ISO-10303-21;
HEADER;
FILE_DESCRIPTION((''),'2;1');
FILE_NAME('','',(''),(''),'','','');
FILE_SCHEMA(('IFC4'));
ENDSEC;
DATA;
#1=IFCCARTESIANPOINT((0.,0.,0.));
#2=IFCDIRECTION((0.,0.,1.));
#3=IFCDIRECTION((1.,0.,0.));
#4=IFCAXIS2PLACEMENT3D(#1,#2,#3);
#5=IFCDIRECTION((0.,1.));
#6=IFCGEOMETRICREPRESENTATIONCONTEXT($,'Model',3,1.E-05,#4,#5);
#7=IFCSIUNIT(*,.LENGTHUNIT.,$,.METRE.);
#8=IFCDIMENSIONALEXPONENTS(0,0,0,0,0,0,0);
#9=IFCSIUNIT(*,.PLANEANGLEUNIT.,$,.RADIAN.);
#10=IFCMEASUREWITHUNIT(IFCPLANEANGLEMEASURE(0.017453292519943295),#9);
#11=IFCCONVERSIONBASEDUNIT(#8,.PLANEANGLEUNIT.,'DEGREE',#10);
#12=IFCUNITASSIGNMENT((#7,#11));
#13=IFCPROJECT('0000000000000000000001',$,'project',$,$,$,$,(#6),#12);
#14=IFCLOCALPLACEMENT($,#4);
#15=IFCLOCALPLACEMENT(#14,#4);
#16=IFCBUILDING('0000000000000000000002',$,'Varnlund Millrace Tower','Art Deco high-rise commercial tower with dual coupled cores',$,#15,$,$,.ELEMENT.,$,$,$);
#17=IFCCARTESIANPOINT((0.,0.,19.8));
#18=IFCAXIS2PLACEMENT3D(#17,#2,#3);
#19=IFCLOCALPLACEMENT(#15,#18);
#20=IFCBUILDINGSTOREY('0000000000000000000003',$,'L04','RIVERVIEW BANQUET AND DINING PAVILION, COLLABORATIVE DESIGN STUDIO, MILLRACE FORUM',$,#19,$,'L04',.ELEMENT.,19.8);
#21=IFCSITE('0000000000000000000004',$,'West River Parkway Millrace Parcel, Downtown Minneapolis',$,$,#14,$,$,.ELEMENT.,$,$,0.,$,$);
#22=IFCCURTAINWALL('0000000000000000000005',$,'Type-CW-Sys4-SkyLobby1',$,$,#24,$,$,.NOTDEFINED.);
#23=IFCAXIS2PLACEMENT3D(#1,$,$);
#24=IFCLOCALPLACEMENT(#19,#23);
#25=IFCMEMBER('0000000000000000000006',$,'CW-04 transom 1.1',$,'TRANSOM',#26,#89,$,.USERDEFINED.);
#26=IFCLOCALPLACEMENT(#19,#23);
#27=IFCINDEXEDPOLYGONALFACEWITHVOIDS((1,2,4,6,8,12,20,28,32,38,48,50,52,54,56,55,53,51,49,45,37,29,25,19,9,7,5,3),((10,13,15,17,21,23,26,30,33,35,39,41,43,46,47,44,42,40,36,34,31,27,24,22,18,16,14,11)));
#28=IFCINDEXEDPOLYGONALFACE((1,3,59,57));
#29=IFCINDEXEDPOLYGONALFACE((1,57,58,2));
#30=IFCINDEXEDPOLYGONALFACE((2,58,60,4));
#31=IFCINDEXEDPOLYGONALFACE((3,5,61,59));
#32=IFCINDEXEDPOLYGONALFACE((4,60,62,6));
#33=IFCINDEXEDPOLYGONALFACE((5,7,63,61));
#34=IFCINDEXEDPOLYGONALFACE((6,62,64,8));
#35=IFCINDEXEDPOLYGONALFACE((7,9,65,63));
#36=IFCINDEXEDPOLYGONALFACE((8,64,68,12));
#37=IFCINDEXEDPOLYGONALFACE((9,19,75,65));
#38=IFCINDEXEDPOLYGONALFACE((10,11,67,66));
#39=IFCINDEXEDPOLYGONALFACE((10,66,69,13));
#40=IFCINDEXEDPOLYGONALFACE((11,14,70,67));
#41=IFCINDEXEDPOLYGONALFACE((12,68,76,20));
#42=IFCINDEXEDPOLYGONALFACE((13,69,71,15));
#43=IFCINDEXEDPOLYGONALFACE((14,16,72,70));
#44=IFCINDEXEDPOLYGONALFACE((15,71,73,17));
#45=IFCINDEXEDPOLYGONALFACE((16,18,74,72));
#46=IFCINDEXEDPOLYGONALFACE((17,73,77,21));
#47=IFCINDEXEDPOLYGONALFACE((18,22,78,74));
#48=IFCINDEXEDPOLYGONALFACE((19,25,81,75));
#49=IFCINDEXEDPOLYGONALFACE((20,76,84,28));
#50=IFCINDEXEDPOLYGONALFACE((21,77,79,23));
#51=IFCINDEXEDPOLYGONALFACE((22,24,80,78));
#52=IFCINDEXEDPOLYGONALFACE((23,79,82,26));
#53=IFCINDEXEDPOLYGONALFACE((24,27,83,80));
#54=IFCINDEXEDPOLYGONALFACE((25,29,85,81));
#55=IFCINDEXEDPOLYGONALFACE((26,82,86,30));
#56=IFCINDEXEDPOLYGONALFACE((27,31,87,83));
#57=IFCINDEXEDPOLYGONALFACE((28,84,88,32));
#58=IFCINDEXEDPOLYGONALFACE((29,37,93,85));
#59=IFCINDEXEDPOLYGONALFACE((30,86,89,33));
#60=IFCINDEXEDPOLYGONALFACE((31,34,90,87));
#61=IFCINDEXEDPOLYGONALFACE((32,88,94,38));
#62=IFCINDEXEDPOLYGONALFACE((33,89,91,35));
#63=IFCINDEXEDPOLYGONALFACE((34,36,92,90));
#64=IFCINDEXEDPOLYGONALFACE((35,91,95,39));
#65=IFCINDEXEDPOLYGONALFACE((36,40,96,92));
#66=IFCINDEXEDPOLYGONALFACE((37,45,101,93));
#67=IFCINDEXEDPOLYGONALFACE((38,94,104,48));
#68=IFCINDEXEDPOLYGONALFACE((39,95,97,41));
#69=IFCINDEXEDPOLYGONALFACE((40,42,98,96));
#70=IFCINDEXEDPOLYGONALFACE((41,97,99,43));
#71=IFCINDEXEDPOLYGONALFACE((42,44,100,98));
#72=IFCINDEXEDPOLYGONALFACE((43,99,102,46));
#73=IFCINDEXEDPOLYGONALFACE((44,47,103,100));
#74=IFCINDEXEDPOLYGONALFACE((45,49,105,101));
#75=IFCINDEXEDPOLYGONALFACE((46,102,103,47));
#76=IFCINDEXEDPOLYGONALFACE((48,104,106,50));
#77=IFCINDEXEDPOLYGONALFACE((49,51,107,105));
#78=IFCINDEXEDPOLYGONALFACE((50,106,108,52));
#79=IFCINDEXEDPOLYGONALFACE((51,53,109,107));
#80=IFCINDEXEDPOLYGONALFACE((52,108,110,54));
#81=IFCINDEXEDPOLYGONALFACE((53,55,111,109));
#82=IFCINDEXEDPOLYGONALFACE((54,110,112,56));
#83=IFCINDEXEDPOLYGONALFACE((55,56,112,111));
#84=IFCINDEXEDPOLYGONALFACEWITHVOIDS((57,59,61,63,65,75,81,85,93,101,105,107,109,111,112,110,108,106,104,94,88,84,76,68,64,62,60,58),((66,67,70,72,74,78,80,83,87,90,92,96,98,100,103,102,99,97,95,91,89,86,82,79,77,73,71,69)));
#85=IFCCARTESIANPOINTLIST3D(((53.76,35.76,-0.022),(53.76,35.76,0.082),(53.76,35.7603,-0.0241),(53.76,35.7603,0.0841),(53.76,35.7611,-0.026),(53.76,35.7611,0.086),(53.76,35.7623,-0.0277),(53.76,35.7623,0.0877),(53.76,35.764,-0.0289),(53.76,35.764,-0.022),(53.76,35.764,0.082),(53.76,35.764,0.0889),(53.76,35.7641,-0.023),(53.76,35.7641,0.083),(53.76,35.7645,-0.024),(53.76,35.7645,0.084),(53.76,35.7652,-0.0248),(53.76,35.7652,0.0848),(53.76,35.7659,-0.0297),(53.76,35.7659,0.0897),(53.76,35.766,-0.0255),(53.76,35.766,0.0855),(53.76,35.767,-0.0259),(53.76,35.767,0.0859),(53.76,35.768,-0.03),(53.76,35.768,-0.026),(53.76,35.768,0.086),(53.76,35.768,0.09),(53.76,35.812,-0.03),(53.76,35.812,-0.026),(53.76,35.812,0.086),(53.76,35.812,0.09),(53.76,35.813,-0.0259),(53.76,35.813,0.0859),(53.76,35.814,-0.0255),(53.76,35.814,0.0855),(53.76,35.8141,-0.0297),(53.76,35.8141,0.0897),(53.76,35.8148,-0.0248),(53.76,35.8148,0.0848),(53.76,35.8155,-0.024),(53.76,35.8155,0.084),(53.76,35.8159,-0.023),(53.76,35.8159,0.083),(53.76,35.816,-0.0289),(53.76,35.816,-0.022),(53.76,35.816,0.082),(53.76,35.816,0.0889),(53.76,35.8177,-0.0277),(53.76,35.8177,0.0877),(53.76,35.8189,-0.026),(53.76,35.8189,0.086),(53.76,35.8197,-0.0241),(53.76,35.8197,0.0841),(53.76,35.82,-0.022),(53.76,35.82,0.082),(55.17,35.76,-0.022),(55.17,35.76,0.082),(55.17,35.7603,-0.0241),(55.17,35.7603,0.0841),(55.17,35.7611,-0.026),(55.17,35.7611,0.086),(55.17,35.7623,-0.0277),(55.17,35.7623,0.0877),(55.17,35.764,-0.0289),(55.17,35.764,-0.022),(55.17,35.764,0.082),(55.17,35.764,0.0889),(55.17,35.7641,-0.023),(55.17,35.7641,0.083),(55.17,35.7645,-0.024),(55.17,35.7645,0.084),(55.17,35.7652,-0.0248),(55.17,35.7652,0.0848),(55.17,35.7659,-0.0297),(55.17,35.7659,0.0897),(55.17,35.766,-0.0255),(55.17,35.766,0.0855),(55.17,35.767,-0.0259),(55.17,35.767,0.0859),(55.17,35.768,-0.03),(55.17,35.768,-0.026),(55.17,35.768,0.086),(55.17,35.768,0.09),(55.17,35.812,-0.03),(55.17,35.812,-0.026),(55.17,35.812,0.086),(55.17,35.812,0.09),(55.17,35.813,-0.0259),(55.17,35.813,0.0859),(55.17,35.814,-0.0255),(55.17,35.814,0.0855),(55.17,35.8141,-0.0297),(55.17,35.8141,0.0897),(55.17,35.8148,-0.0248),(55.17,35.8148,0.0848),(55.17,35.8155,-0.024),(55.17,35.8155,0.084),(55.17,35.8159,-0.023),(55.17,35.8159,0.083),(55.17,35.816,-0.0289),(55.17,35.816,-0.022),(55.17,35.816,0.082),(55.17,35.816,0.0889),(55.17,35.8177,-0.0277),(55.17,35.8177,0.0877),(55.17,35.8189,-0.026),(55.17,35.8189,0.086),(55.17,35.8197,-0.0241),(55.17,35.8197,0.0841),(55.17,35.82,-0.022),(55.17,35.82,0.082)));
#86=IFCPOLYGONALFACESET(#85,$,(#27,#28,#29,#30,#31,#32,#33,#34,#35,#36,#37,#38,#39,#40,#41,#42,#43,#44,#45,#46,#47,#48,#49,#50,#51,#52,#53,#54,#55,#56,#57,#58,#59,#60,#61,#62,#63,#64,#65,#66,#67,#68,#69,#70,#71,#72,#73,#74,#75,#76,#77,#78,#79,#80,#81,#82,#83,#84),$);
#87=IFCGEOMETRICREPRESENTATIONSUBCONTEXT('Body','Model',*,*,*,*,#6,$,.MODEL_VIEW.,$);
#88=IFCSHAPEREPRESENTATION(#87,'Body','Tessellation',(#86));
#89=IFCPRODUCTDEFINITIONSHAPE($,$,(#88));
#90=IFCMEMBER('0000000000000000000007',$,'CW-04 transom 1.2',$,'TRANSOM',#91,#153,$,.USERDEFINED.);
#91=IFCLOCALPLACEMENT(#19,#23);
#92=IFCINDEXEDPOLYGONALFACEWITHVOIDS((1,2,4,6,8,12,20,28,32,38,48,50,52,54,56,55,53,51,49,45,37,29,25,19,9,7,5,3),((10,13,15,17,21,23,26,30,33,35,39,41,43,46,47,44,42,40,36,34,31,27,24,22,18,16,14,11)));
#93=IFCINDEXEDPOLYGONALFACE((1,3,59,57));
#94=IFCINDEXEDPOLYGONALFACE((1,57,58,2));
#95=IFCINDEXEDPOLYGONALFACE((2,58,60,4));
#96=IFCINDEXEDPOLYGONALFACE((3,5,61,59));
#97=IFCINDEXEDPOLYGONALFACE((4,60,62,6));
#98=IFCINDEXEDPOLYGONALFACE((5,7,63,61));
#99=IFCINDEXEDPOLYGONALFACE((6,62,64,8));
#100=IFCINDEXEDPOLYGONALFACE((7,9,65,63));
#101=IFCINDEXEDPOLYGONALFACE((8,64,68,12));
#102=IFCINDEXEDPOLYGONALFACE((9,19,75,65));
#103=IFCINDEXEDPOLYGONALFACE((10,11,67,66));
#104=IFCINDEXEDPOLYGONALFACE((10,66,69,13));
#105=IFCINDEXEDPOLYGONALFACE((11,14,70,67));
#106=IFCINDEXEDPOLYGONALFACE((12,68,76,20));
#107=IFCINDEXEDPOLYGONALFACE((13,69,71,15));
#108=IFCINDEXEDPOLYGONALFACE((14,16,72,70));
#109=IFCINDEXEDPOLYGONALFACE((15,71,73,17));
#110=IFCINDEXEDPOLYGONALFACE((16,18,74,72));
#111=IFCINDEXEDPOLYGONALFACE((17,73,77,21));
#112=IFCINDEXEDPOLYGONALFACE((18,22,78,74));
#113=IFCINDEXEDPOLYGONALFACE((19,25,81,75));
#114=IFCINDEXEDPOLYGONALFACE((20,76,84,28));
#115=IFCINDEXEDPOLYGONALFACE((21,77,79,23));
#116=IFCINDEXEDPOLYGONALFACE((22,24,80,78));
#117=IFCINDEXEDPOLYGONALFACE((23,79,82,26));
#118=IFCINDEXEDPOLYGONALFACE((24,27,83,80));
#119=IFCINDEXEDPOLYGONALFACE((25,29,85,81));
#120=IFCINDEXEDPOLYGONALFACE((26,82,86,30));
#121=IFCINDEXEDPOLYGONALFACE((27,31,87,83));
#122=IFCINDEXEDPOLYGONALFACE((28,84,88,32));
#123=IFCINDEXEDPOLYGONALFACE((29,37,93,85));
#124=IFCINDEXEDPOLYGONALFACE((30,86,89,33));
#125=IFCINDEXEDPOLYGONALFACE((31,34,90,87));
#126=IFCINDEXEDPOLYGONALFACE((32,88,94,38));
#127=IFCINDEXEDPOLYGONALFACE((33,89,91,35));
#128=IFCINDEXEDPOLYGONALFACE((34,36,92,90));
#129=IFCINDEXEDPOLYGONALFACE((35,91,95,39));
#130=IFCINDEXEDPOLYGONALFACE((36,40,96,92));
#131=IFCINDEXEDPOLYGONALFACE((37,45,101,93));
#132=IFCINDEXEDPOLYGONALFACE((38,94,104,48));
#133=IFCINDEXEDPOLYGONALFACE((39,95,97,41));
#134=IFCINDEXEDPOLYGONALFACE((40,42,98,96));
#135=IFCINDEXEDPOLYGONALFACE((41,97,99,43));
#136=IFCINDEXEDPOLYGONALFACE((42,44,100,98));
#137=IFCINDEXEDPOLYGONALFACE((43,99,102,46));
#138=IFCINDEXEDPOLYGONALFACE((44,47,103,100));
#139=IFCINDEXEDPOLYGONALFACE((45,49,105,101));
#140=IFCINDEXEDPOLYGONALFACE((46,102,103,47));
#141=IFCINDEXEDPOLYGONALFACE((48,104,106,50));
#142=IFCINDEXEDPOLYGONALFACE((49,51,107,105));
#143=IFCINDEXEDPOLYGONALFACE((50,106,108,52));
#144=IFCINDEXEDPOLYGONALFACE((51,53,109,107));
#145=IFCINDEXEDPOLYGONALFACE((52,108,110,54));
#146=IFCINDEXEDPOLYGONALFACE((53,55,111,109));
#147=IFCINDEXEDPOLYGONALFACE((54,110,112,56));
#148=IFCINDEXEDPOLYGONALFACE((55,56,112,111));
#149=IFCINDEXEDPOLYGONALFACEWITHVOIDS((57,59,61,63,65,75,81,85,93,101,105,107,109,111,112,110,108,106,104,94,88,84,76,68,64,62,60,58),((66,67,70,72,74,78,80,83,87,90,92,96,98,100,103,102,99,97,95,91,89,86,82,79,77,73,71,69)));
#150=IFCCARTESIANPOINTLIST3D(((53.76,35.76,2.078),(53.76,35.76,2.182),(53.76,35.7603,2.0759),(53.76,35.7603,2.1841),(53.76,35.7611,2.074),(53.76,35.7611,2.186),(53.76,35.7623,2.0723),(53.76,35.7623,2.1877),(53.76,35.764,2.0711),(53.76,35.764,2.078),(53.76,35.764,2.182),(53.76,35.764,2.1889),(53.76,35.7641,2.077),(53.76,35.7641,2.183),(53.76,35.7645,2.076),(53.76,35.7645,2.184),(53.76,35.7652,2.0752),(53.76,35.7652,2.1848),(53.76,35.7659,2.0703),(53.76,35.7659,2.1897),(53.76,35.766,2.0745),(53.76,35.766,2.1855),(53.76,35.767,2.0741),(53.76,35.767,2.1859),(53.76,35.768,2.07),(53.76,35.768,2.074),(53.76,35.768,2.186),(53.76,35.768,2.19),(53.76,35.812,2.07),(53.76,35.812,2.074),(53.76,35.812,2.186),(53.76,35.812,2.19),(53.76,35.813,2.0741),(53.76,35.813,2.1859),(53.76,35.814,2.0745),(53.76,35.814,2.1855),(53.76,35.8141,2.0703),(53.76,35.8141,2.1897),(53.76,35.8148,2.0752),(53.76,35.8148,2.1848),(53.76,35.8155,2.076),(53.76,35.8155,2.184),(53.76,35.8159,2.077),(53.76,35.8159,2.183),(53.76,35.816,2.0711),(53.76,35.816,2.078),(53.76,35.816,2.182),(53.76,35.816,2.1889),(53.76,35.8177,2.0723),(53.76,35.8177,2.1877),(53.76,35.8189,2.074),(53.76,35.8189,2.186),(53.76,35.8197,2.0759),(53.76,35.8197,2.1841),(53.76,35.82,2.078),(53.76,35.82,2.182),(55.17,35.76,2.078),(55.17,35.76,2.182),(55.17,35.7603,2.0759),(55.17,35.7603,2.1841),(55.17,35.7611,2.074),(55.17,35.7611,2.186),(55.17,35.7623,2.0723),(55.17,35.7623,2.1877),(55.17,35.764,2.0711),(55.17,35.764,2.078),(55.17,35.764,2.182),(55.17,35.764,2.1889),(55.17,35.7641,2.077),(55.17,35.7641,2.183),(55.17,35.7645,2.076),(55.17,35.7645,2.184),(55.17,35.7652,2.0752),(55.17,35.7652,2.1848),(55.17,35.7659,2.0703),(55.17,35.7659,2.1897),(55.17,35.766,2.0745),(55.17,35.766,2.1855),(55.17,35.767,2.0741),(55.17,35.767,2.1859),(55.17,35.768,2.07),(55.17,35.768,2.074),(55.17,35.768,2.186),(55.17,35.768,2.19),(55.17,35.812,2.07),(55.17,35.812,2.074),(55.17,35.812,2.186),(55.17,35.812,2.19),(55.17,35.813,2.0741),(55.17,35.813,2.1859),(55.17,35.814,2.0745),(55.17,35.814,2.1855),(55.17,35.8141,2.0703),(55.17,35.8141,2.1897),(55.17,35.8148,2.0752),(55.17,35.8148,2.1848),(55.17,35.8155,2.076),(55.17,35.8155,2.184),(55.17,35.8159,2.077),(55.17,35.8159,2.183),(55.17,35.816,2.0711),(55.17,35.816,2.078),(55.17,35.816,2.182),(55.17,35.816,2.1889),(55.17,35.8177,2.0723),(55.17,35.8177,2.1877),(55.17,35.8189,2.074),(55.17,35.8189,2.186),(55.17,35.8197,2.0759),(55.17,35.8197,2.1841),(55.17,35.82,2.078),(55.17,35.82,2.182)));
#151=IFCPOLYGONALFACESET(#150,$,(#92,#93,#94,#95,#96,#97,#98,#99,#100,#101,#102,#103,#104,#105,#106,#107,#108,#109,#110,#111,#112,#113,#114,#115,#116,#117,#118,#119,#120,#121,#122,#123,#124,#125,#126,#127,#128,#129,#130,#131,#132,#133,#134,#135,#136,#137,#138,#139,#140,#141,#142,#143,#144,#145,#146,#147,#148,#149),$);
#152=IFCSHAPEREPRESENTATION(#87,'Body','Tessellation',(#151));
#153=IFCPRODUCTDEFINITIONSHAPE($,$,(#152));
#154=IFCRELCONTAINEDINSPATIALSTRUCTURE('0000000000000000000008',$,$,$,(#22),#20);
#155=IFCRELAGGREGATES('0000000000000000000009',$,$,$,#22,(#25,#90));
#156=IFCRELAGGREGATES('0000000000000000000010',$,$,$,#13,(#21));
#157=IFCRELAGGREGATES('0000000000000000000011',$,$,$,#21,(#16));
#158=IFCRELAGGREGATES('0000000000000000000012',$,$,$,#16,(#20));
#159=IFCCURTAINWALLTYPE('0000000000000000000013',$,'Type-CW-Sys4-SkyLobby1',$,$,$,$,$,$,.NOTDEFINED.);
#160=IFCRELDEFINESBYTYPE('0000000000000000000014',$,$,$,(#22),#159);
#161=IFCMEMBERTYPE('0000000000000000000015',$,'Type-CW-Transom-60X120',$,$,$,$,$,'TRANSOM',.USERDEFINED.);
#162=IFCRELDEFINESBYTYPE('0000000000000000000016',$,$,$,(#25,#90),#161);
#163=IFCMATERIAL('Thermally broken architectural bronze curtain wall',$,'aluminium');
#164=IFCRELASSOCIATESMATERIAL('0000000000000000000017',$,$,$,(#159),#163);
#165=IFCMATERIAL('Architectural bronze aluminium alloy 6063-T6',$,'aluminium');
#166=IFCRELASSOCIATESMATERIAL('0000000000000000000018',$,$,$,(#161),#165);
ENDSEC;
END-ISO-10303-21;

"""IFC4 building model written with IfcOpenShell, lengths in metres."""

from ifc_helpers import new_model, entity, si_unit, converted_unit, direction, frame, origin_with_axes, origin_2d_with_axis, place, context, subcontext, project, spatial, hollow_rectangle, extrude, material, material_profile, profile_set, type_object, element, aggregate, save


model = new_model("IFC4")

# Units and contexts
model_context = context("Model", 3, precision=1e-05, world=origin_with_axes(), true_north=direction((0.0, 1.0)))
body_context = subcontext(model_context, "Body", "Model", "MODEL_VIEW")
ifc_project = project(units=[si_unit("LENGTHUNIT", "METRE"), converted_unit("PLANEANGLEUNIT", "DEGREE", entity("IfcPlaneAngleMeasure", 0.017453292519943295), si_unit("PLANEANGLEUNIT", "RADIAN"), dimensions=[0, 0, 0, 0, 0, 0, 0])], contexts=[model_context])

# Site, building, storey
site_placement = place(None, origin_with_axes())
site = spatial("IfcSite", under=ifc_project, at=site_placement, Name="West River Parkway Millrace Parcel, Downtown Minneapolis", CompositionType="ELEMENT", RefElevation=0.0)
building_placement = place(site_placement, origin_with_axes())
building = spatial("IfcBuilding", under=site, at=building_placement, Name="Varnlund Millrace Tower", Description="Art Deco high-rise commercial tower with dual coupled cores", CompositionType="ELEMENT")
storey_placement = place(building_placement, frame((0.0, 0.0, 19.8), z_axis=(0.0, 0.0, 1.0), x_axis=(1.0, 0.0, 0.0)))
storey = spatial("IfcBuildingStorey", under=building, at=storey_placement, Name="L04", Description="RIVERVIEW BANQUET AND DINING PAVILION, COLLABORATIVE DESIGN STUDIO, MILLRACE FORUM", LongName="L04", CompositionType="ELEMENT", Elevation=19.8)

# Curtain wall
ifc_material_1 = material(Name="Thermally broken architectural bronze curtain wall", Category="aluminium")
curtain_wall_type = type_object("IfcCurtainWallType", Name="Type-CW-Sys4-SkyLobby1", PredefinedType="NOTDEFINED", material=ifc_material_1)
curtain_wall_1_placement = place(storey_placement, frame((53.7, 35.79, 0.0), z_axis=(0.0, 0.0, 1.0), x_axis=(1.0, 0.0, 0.0)))
curtain_wall_1 = element("IfcCurtainWall", 1, at=curtain_wall_1_placement, inside=storey, type_object=curtain_wall_type, Name="Type-CW-Sys4-SkyLobby1", PredefinedType="NOTDEFINED")
ifc_material_2 = material(Name="Architectural bronze aluminium alloy 6063-T6", Category="aluminium")

# Members
ifc_material_profile_1 = material_profile(ifc_material_2, hollow_rectangle(XDim=0.06, YDim=0.12, WallThickness=0.004, InnerFilletRadius=0.004, OuterFilletRadius=0.008, at=origin_2d_with_axis()), Name="Architectural bronze aluminium alloy 6063-T6")
ifc_profile_set_1 = profile_set([ifc_material_profile_1], Name="Architectural bronze aluminium alloy 6063-T6")
member_type_1 = type_object("IfcMemberType", Name="Type-CW-Transom-60X120", ElementType="TRANSOM", PredefinedType="USERDEFINED", material=ifc_profile_set_1)
member_1_placement = place(storey_placement, frame((53.76, 35.79, 0.03), z_axis=(1.0, 0.0, 0.0), x_axis=(0.0, 1.0, 0.0)))
member_1 = element("IfcMember", 2, at=member_1_placement, type_object=member_type_1, Name="CW-04 transom 1.1", ObjectType="TRANSOM", PredefinedType="USERDEFINED", context=body_context, shape_type="SweptSolid", body=[
    extrude(hollow_rectangle(XDim=0.06, YDim=0.12, WallThickness=0.004, InnerFilletRadius=0.004, OuterFilletRadius=0.008, at=origin_2d_with_axis()), origin_with_axes(), (0.0, 0.0, 1.0), 1.41),
])
member_2_placement = place(storey_placement, frame((53.76, 35.79, 2.13), z_axis=(1.0, 0.0, 0.0), x_axis=(0.0, 1.0, 0.0)))
member_2 = element("IfcMember", 3, at=member_2_placement, type_object=member_type_1, Name="CW-04 transom 1.2", ObjectType="TRANSOM", PredefinedType="USERDEFINED", context=body_context, shape_type="SweptSolid", body=[
    extrude(hollow_rectangle(XDim=0.06, YDim=0.12, WallThickness=0.004, InnerFilletRadius=0.004, OuterFilletRadius=0.008, at=origin_2d_with_axis()), origin_with_axes(), (0.0, 0.0, 1.0), 1.41),
])

aggregate(curtain_wall_1, [member_1, member_2])

save(model, "model.ifc")
